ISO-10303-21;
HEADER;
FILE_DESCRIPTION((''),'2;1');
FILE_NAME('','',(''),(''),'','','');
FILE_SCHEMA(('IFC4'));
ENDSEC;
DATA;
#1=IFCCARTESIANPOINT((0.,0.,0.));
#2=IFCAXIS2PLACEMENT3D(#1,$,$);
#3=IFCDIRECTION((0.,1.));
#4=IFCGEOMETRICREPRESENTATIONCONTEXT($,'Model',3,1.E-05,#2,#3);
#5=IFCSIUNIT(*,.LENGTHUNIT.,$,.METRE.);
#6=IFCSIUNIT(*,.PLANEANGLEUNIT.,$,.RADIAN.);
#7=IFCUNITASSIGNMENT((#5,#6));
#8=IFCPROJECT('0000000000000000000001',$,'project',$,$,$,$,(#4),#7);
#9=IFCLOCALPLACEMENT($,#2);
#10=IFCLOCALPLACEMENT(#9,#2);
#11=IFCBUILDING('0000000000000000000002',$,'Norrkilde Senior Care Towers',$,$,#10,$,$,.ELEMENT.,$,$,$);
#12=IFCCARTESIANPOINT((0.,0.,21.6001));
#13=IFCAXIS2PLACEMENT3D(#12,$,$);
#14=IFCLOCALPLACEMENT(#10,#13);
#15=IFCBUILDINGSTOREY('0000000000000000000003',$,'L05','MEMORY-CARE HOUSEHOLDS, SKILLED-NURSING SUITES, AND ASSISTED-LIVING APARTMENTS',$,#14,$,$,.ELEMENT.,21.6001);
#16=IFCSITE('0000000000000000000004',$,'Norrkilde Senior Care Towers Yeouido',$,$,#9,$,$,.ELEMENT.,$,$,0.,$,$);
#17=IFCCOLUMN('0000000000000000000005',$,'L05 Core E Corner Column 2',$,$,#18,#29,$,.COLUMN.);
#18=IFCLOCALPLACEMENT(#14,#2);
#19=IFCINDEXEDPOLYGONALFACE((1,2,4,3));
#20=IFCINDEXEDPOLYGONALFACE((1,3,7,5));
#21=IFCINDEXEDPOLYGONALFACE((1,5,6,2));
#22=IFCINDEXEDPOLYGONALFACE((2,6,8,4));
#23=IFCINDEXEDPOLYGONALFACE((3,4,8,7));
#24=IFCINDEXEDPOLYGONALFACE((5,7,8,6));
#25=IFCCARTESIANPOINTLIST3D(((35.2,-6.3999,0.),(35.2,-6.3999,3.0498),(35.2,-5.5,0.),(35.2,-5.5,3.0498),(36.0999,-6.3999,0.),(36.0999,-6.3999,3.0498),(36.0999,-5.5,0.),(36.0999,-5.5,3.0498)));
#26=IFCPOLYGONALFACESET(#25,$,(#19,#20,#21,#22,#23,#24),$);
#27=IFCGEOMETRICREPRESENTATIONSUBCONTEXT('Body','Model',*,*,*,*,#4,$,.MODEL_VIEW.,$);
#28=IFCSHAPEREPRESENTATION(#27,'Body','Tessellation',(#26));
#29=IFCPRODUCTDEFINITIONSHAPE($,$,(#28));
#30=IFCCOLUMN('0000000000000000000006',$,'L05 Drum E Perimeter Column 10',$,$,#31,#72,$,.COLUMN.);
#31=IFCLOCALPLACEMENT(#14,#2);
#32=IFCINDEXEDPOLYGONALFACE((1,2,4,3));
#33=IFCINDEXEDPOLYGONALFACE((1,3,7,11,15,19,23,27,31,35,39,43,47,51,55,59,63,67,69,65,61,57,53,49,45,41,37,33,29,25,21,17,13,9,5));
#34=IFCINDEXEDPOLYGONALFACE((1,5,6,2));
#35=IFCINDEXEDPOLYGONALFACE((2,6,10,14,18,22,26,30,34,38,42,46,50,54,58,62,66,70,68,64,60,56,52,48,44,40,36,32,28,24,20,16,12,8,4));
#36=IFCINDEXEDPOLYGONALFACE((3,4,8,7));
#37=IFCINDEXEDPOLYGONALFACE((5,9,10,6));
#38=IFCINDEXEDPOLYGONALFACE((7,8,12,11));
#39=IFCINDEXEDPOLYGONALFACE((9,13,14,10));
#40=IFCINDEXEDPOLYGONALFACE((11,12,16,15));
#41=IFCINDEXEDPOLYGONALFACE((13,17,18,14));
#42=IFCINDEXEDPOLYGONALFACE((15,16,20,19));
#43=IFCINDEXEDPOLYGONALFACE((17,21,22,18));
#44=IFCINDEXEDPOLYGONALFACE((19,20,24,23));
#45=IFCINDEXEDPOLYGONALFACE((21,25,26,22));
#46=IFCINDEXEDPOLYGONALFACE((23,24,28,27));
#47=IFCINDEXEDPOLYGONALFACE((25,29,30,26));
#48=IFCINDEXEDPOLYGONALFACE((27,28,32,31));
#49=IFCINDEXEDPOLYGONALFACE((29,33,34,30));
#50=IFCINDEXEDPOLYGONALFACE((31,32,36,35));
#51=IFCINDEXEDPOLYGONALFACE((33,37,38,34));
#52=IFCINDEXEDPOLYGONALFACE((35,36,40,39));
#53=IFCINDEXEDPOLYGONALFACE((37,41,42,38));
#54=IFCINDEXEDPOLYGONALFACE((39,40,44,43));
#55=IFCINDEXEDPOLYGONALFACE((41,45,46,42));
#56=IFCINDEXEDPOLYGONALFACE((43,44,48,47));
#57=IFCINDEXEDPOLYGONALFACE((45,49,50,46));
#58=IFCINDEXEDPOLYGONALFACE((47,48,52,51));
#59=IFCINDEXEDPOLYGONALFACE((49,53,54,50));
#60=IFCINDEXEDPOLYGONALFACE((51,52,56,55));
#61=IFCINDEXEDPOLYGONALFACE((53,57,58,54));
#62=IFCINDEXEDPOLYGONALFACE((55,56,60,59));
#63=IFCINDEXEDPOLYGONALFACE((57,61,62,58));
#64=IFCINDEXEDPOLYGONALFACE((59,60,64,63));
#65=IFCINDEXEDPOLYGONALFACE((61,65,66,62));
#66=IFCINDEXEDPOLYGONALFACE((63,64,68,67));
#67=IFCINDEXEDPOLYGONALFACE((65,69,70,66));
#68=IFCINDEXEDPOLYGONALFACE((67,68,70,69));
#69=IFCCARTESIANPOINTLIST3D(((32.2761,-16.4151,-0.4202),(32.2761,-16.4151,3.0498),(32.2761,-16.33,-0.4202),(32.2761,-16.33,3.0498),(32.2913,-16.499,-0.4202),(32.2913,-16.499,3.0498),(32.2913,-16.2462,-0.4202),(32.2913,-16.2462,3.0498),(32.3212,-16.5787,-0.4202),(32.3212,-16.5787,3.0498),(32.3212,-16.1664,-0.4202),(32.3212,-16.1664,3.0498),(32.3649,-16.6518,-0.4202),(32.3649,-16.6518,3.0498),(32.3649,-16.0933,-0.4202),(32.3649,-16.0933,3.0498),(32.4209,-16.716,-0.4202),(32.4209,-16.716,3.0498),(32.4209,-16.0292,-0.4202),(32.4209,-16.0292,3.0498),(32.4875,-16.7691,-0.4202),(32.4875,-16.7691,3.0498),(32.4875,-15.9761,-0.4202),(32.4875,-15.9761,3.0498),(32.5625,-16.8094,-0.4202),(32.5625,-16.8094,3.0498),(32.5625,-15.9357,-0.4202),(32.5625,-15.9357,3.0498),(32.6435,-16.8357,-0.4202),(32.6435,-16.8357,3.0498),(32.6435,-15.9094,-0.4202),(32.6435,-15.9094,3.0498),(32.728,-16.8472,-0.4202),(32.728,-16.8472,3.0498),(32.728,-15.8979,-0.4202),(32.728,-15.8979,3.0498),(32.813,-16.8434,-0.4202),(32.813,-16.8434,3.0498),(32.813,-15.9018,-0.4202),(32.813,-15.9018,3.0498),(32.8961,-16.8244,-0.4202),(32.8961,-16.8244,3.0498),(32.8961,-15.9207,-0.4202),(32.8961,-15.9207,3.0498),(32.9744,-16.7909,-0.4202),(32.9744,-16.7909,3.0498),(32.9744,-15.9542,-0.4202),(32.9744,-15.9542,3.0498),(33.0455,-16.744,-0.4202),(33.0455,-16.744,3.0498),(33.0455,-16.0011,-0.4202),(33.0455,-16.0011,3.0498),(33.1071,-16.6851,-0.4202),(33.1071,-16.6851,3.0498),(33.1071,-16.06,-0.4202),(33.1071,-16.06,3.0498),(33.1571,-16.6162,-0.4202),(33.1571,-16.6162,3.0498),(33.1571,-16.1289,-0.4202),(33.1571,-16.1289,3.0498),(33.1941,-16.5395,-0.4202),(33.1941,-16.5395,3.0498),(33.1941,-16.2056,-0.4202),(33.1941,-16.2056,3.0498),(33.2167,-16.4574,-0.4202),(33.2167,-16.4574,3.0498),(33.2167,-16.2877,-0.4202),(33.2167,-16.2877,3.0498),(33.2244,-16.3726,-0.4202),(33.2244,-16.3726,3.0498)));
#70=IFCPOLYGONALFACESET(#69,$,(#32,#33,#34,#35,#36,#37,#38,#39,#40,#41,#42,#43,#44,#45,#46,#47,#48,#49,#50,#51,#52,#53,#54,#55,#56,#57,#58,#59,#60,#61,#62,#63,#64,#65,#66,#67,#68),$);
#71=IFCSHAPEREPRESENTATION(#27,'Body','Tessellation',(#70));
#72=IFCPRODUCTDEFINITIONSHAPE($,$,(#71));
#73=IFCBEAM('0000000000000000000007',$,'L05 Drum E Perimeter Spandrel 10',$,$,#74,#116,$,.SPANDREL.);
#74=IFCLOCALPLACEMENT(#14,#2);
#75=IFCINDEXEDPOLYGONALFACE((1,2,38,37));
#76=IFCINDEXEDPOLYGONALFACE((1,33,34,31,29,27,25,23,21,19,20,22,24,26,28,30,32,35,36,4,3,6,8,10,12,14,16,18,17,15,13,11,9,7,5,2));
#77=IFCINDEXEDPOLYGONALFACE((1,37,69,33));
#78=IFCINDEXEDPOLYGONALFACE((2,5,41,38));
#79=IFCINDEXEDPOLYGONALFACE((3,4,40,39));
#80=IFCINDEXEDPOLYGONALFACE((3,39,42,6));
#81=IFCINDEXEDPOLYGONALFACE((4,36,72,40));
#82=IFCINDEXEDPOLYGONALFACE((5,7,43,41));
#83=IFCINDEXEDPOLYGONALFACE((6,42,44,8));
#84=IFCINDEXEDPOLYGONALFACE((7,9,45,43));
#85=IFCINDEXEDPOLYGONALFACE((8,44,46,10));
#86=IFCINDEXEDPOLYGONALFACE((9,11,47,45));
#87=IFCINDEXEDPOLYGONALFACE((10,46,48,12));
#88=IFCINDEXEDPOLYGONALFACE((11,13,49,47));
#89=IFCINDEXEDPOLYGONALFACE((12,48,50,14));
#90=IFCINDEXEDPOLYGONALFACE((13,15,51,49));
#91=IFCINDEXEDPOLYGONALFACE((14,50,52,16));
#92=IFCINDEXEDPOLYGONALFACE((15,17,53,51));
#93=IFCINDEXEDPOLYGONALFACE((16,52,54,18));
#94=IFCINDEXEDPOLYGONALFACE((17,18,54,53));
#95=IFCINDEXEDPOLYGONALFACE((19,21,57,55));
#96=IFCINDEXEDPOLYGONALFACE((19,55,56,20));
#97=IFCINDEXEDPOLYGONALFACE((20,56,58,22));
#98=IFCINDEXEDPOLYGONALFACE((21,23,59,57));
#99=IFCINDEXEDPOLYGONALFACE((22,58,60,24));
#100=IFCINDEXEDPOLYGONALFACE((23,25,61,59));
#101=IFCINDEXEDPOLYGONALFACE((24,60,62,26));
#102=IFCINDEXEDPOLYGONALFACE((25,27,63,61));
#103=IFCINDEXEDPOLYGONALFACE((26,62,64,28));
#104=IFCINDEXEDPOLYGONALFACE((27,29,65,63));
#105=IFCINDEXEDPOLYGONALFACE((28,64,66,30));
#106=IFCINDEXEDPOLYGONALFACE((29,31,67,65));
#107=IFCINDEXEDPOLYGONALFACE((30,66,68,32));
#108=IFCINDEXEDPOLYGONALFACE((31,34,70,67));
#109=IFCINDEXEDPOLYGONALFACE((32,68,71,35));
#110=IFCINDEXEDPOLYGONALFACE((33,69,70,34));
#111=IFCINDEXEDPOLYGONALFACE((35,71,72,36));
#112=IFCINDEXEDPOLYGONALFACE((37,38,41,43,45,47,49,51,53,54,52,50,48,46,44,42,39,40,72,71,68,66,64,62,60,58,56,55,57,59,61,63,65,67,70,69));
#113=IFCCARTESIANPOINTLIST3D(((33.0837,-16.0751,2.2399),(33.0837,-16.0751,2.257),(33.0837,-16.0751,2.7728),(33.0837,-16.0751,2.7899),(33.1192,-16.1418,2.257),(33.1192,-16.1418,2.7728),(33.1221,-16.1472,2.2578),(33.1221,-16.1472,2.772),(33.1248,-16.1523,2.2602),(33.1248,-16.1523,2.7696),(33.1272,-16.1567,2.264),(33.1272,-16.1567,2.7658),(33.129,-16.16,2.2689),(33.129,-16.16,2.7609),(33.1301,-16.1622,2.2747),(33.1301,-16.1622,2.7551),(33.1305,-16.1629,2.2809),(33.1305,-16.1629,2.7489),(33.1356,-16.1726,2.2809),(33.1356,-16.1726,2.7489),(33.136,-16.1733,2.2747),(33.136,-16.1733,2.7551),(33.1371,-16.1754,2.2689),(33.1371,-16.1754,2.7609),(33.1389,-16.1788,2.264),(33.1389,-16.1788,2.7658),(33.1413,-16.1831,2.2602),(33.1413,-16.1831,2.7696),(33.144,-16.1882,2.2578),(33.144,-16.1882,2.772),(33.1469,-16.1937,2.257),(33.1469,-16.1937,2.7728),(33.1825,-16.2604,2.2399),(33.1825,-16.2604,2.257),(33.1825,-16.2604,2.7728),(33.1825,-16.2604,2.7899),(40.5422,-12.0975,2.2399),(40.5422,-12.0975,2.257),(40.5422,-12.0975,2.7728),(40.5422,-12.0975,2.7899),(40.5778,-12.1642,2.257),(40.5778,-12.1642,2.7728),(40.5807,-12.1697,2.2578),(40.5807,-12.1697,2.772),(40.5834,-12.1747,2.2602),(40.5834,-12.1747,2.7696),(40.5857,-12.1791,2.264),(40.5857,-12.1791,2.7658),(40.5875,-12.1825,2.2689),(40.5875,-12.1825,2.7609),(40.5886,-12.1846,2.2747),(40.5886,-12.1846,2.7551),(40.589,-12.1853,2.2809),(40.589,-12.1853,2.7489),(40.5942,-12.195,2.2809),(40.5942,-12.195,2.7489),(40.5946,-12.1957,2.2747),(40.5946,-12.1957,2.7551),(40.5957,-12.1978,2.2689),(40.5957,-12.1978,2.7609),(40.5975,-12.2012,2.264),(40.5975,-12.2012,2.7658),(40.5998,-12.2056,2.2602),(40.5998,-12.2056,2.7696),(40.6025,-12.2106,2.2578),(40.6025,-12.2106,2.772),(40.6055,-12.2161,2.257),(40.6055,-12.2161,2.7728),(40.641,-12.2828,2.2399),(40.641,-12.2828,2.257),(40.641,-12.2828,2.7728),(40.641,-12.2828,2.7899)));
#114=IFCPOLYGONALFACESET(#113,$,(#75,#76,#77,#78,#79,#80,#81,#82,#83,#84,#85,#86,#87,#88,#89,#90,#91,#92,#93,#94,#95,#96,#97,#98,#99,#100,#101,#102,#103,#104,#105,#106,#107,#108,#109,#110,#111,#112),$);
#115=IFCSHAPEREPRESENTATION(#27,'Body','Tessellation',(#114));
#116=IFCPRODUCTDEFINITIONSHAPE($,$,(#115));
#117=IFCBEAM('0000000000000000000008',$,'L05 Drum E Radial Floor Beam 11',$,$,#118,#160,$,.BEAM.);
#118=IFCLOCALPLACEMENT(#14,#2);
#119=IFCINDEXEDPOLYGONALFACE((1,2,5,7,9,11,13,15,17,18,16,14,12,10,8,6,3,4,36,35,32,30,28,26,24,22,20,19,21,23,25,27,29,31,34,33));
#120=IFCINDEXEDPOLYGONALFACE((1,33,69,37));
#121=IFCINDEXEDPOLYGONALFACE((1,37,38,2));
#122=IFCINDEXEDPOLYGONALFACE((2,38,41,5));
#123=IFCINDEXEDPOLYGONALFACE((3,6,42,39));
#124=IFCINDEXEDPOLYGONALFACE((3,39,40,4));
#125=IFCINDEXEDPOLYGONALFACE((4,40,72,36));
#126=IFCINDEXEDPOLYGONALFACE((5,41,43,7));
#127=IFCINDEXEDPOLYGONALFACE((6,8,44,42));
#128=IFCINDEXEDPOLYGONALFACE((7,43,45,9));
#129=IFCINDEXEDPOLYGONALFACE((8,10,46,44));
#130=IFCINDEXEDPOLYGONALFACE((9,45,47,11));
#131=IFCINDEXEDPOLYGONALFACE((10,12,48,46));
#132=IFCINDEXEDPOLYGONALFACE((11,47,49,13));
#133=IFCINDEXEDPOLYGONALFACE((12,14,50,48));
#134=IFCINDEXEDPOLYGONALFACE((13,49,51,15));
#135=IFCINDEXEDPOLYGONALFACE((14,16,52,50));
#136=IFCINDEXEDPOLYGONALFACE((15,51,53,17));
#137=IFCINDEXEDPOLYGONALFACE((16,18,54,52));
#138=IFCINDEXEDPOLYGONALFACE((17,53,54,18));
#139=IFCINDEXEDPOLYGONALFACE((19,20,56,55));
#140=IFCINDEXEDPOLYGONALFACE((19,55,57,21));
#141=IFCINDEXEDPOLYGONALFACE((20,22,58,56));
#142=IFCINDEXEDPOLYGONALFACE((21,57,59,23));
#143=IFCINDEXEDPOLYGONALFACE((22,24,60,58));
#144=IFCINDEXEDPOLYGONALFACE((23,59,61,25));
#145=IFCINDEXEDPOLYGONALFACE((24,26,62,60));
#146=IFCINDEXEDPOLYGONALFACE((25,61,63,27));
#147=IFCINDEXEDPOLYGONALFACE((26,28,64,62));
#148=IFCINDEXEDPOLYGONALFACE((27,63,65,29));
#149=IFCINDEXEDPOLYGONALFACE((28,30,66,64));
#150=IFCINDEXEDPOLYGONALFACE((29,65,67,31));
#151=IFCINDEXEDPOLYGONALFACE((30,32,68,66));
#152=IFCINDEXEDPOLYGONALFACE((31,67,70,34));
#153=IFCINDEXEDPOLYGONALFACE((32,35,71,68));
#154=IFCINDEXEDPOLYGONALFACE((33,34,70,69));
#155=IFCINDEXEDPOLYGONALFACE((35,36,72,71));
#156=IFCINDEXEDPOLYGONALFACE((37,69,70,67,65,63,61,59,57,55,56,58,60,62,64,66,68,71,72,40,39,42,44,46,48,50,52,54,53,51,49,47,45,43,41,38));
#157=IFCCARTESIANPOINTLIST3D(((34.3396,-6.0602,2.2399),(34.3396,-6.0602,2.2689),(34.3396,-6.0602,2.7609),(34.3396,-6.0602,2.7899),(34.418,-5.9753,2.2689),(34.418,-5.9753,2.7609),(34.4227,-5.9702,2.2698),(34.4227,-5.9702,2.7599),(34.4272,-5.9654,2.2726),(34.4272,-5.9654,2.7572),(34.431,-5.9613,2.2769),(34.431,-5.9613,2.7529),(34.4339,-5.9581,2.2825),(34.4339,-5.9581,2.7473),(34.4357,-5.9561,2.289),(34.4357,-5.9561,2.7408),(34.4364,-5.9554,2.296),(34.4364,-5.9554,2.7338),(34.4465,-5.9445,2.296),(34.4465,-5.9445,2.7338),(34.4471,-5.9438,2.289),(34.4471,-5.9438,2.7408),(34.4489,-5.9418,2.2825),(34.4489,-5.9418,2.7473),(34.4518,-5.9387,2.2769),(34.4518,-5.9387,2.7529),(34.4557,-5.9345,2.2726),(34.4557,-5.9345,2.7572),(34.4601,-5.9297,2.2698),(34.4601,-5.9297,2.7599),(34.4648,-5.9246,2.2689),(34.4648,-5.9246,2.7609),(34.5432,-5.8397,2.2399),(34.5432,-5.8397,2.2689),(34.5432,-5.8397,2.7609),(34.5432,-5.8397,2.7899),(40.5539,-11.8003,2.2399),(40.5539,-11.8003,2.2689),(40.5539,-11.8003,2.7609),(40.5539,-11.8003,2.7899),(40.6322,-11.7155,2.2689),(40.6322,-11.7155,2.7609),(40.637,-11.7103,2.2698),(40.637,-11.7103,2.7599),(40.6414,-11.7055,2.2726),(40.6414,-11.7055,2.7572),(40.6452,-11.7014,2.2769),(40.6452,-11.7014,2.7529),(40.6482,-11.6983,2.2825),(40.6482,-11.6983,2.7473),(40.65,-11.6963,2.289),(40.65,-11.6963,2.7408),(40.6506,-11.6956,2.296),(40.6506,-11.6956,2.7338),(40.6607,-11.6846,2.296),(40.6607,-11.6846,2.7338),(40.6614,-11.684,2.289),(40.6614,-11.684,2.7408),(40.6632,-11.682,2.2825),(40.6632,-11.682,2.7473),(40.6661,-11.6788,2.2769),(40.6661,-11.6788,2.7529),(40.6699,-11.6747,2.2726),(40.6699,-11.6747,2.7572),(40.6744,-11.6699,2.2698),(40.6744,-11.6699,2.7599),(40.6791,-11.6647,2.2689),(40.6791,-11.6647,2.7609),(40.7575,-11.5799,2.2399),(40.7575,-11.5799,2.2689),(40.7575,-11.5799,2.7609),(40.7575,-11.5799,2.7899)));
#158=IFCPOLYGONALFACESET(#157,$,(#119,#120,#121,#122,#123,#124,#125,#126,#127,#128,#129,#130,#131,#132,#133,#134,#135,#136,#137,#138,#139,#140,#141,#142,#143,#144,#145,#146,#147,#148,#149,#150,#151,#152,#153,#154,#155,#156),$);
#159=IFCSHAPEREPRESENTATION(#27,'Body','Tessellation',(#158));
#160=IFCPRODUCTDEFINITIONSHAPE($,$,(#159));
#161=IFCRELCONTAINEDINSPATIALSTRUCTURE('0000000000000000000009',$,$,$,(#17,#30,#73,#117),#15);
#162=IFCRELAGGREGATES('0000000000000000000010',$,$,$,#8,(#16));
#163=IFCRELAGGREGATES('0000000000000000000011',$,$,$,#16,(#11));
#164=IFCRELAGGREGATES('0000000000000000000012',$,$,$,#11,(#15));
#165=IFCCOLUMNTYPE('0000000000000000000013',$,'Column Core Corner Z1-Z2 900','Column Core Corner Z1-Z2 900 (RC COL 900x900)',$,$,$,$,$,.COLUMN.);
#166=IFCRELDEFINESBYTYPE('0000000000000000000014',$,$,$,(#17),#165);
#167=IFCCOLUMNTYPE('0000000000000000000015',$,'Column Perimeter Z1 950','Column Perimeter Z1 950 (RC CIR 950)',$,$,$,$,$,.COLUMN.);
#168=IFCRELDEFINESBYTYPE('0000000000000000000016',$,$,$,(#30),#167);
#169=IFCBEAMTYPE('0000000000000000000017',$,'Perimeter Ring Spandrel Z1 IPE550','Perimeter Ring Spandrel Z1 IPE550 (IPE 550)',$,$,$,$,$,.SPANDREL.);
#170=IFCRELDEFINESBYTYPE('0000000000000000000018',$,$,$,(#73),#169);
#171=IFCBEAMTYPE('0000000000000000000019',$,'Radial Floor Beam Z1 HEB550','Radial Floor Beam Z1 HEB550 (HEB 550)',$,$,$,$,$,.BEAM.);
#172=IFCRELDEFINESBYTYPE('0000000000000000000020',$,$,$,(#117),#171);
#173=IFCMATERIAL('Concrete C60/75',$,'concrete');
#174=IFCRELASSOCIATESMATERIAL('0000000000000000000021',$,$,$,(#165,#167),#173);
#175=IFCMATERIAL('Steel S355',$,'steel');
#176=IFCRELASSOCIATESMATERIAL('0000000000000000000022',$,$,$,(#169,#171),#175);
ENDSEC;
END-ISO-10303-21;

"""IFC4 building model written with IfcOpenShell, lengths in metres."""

from ifc_helpers import new_model, si_unit, direction, frame, origin, origin_2d, place, context, subcontext, project, spatial, rectangle, circle, i_section, extrude, source, transform, mapped, material, material_profile, profile_set, type_object, type_shapes, element, save


model = new_model("IFC4")

# Units and contexts
model_context = context("Model", 3, precision=1e-05, world=origin(), true_north=direction((0.0, 1.0)))
body_context = subcontext(model_context, "Body", "Model", "MODEL_VIEW")
ifc_project = project(units=[si_unit("LENGTHUNIT", "METRE"), si_unit("PLANEANGLEUNIT", "RADIAN")], contexts=[model_context])

# Site, building, storey
site_placement = place(None, origin())
site = spatial("IfcSite", under=ifc_project, at=site_placement, Name="Norrkilde Senior Care Towers Yeouido", CompositionType="ELEMENT", RefElevation=0.0)
building_placement = place(site_placement, origin())
building = spatial("IfcBuilding", under=site, at=building_placement, Name="Norrkilde Senior Care Towers", CompositionType="ELEMENT")
storey_placement = place(building_placement, frame((0.0, 0.0, 21.6001)))
storey = spatial("IfcBuildingStorey", under=building, at=storey_placement, Name="L05", Description="MEMORY-CARE HOUSEHOLDS, SKILLED-NURSING SUITES, AND ASSISTED-LIVING APARTMENTS", CompositionType="ELEMENT", Elevation=21.6001)

# Columns
ifc_material_1 = material(Name="Concrete C60/75", Category="concrete")
ifc_material_profile_1 = material_profile(ifc_material_1, rectangle(XDim=0.8999, YDim=0.8999, at=origin_2d()), Name="RC COL 900x900")
ifc_profile_set_1 = profile_set([ifc_material_profile_1], Name="Concrete C60/75")
column_type_1 = type_object("IfcColumnType", Name="Column Core Corner Z1-Z2 900", Description="Column Core Corner Z1-Z2 900 (RC COL 900x900)", PredefinedType="COLUMN", material=ifc_profile_set_1)
shared_shape_1 = source(origin(), body_context, "Body", "SweptSolid", [
    extrude(rectangle(XDim=0.8999, YDim=0.8999, at=origin_2d()), origin(), (0.0, 0.0, 1.0), 3.0498),
])
type_shapes(column_type_1, [shared_shape_1])
column_1_placement = place(storey_placement, frame((35.6499, -5.95, 0.0), z_axis=(0.0, 0.0, 1.0), x_axis=(1.0, 0.0, 0.0)))
element("IfcColumn", 1, at=column_1_placement, inside=storey, type_object=column_type_1, Name="L05 Core E Corner Column 2", PredefinedType="COLUMN", context=body_context, shape_type="MappedRepresentation", body=[
    mapped(shared_shape_1, transform((0.0, 0.0, 0.0), x_axis=(1.0, 0.0, 0.0), y_axis=(0.0, 1.0, 0.0), z_axis=(0.0, 0.0, 1.0), scale=1.0)),
])
ifc_material_profile_2 = material_profile(ifc_material_1, circle(Radius=0.4751, at=origin_2d()), Name="RC CIR 950")
ifc_profile_set_2 = profile_set([ifc_material_profile_2], Name="Concrete C60/75")
column_type_2 = type_object("IfcColumnType", Name="Column Perimeter Z1 950", Description="Column Perimeter Z1 950 (RC CIR 950)", PredefinedType="COLUMN", material=ifc_profile_set_2)
shared_shape_2 = source(origin(), body_context, "Body", "SweptSolid", [
    extrude(circle(Radius=0.4751, at=origin_2d()), origin(), (0.0, 0.0, 1.0), 3.47),
])
type_shapes(column_type_2, [shared_shape_2])
column_2_placement = place(storey_placement, frame((32.7493, -16.3726, -0.4202), z_axis=(0.0, 0.0, 1.0), x_axis=(1.0, 0.0, 0.0)))
element("IfcColumn", 2, at=column_2_placement, inside=storey, type_object=column_type_2, Name="L05 Drum E Perimeter Column 10", PredefinedType="COLUMN", context=body_context, shape_type="MappedRepresentation", body=[
    mapped(shared_shape_2, transform((0.0, 0.0, 0.0), x_axis=(1.0, 0.0, 0.0), y_axis=(0.0, 1.0, 0.0), z_axis=(0.0, 0.0, 1.0), scale=1.0)),
])

# Beams
ifc_material_2 = material(Name="Steel S355", Category="steel")
ifc_material_profile_3 = material_profile(ifc_material_2, i_section(OverallWidth=0.21, OverallDepth=0.55, WebThickness=0.011, FlangeThickness=0.0171, FilletRadius=0.0239, at=origin_2d()), Name="IPE 550")
ifc_profile_set_3 = profile_set([ifc_material_profile_3], Name="Steel S355")
beam_type_1 = type_object("IfcBeamType", Name="Perimeter Ring Spandrel Z1 IPE550", Description="Perimeter Ring Spandrel Z1 IPE550 (IPE 550)", PredefinedType="SPANDREL", material=ifc_profile_set_3)
shared_shape_3 = source(origin(), body_context, "Body", "SweptSolid", [
    extrude(i_section(OverallWidth=0.21, OverallDepth=0.55, WebThickness=0.011, FlangeThickness=0.0171, FilletRadius=0.0239, at=origin_2d()), origin(), (0.0, 0.0, 1.0), 8.4529),
])
type_shapes(beam_type_1, [shared_shape_3])
beam_1_placement = place(storey_placement, frame((33.1331, -16.1677, 2.5149), z_axis=(0.882369, 0.470558, 0.0), x_axis=(-0.470558, 0.882369, 0.0)))
element("IfcBeam", 3, at=beam_1_placement, inside=storey, type_object=beam_type_1, Name="L05 Drum E Perimeter Spandrel 10", PredefinedType="SPANDREL", context=body_context, shape_type="MappedRepresentation", body=[
    mapped(shared_shape_3, transform((0.0, 0.0, 0.0), x_axis=(1.0, 0.0, 0.0), y_axis=(0.0, 1.0, 0.0), z_axis=(0.0, 0.0, 1.0), scale=1.0)),
])
ifc_material_profile_4 = material_profile(ifc_material_2, i_section(OverallWidth=0.3, OverallDepth=0.55, WebThickness=0.0149, FlangeThickness=0.0291, FilletRadius=0.0271, at=origin_2d()), Name="HEB 550")
ifc_profile_set_4 = profile_set([ifc_material_profile_4], Name="Steel S355")
beam_type_2 = type_object("IfcBeamType", Name="Radial Floor Beam Z1 HEB550", Description="Radial Floor Beam Z1 HEB550 (HEB 550)", PredefinedType="BEAM", material=ifc_profile_set_4)
shared_shape_4 = source(origin(), body_context, "Body", "SweptSolid", [
    extrude(i_section(OverallWidth=0.3, OverallDepth=0.55, WebThickness=0.0149, FlangeThickness=0.0291, FilletRadius=0.0271, at=origin_2d()), origin(), (0.0, 0.0, 1.0), 8.4597),
])
beam_2_placement = place(storey_placement, frame((34.4414, -5.95, 2.5149), z_axis=(0.734573, -0.678529, 0.0), x_axis=(0.678529, 0.734573, 0.0)))
element("IfcBeam", 4, at=beam_2_placement, inside=storey, type_object=beam_type_2, Name="L05 Drum E Radial Floor Beam 11", PredefinedType="BEAM", context=body_context, shape_type="MappedRepresentation", body=[
    mapped(shared_shape_4, transform((0.0, 0.0, 0.0), x_axis=(1.0, 0.0, 0.0), y_axis=(0.0, 1.0, 0.0), z_axis=(0.0, 0.0, 1.0), scale=1.0)),
])

save(model, "model.ifc")
